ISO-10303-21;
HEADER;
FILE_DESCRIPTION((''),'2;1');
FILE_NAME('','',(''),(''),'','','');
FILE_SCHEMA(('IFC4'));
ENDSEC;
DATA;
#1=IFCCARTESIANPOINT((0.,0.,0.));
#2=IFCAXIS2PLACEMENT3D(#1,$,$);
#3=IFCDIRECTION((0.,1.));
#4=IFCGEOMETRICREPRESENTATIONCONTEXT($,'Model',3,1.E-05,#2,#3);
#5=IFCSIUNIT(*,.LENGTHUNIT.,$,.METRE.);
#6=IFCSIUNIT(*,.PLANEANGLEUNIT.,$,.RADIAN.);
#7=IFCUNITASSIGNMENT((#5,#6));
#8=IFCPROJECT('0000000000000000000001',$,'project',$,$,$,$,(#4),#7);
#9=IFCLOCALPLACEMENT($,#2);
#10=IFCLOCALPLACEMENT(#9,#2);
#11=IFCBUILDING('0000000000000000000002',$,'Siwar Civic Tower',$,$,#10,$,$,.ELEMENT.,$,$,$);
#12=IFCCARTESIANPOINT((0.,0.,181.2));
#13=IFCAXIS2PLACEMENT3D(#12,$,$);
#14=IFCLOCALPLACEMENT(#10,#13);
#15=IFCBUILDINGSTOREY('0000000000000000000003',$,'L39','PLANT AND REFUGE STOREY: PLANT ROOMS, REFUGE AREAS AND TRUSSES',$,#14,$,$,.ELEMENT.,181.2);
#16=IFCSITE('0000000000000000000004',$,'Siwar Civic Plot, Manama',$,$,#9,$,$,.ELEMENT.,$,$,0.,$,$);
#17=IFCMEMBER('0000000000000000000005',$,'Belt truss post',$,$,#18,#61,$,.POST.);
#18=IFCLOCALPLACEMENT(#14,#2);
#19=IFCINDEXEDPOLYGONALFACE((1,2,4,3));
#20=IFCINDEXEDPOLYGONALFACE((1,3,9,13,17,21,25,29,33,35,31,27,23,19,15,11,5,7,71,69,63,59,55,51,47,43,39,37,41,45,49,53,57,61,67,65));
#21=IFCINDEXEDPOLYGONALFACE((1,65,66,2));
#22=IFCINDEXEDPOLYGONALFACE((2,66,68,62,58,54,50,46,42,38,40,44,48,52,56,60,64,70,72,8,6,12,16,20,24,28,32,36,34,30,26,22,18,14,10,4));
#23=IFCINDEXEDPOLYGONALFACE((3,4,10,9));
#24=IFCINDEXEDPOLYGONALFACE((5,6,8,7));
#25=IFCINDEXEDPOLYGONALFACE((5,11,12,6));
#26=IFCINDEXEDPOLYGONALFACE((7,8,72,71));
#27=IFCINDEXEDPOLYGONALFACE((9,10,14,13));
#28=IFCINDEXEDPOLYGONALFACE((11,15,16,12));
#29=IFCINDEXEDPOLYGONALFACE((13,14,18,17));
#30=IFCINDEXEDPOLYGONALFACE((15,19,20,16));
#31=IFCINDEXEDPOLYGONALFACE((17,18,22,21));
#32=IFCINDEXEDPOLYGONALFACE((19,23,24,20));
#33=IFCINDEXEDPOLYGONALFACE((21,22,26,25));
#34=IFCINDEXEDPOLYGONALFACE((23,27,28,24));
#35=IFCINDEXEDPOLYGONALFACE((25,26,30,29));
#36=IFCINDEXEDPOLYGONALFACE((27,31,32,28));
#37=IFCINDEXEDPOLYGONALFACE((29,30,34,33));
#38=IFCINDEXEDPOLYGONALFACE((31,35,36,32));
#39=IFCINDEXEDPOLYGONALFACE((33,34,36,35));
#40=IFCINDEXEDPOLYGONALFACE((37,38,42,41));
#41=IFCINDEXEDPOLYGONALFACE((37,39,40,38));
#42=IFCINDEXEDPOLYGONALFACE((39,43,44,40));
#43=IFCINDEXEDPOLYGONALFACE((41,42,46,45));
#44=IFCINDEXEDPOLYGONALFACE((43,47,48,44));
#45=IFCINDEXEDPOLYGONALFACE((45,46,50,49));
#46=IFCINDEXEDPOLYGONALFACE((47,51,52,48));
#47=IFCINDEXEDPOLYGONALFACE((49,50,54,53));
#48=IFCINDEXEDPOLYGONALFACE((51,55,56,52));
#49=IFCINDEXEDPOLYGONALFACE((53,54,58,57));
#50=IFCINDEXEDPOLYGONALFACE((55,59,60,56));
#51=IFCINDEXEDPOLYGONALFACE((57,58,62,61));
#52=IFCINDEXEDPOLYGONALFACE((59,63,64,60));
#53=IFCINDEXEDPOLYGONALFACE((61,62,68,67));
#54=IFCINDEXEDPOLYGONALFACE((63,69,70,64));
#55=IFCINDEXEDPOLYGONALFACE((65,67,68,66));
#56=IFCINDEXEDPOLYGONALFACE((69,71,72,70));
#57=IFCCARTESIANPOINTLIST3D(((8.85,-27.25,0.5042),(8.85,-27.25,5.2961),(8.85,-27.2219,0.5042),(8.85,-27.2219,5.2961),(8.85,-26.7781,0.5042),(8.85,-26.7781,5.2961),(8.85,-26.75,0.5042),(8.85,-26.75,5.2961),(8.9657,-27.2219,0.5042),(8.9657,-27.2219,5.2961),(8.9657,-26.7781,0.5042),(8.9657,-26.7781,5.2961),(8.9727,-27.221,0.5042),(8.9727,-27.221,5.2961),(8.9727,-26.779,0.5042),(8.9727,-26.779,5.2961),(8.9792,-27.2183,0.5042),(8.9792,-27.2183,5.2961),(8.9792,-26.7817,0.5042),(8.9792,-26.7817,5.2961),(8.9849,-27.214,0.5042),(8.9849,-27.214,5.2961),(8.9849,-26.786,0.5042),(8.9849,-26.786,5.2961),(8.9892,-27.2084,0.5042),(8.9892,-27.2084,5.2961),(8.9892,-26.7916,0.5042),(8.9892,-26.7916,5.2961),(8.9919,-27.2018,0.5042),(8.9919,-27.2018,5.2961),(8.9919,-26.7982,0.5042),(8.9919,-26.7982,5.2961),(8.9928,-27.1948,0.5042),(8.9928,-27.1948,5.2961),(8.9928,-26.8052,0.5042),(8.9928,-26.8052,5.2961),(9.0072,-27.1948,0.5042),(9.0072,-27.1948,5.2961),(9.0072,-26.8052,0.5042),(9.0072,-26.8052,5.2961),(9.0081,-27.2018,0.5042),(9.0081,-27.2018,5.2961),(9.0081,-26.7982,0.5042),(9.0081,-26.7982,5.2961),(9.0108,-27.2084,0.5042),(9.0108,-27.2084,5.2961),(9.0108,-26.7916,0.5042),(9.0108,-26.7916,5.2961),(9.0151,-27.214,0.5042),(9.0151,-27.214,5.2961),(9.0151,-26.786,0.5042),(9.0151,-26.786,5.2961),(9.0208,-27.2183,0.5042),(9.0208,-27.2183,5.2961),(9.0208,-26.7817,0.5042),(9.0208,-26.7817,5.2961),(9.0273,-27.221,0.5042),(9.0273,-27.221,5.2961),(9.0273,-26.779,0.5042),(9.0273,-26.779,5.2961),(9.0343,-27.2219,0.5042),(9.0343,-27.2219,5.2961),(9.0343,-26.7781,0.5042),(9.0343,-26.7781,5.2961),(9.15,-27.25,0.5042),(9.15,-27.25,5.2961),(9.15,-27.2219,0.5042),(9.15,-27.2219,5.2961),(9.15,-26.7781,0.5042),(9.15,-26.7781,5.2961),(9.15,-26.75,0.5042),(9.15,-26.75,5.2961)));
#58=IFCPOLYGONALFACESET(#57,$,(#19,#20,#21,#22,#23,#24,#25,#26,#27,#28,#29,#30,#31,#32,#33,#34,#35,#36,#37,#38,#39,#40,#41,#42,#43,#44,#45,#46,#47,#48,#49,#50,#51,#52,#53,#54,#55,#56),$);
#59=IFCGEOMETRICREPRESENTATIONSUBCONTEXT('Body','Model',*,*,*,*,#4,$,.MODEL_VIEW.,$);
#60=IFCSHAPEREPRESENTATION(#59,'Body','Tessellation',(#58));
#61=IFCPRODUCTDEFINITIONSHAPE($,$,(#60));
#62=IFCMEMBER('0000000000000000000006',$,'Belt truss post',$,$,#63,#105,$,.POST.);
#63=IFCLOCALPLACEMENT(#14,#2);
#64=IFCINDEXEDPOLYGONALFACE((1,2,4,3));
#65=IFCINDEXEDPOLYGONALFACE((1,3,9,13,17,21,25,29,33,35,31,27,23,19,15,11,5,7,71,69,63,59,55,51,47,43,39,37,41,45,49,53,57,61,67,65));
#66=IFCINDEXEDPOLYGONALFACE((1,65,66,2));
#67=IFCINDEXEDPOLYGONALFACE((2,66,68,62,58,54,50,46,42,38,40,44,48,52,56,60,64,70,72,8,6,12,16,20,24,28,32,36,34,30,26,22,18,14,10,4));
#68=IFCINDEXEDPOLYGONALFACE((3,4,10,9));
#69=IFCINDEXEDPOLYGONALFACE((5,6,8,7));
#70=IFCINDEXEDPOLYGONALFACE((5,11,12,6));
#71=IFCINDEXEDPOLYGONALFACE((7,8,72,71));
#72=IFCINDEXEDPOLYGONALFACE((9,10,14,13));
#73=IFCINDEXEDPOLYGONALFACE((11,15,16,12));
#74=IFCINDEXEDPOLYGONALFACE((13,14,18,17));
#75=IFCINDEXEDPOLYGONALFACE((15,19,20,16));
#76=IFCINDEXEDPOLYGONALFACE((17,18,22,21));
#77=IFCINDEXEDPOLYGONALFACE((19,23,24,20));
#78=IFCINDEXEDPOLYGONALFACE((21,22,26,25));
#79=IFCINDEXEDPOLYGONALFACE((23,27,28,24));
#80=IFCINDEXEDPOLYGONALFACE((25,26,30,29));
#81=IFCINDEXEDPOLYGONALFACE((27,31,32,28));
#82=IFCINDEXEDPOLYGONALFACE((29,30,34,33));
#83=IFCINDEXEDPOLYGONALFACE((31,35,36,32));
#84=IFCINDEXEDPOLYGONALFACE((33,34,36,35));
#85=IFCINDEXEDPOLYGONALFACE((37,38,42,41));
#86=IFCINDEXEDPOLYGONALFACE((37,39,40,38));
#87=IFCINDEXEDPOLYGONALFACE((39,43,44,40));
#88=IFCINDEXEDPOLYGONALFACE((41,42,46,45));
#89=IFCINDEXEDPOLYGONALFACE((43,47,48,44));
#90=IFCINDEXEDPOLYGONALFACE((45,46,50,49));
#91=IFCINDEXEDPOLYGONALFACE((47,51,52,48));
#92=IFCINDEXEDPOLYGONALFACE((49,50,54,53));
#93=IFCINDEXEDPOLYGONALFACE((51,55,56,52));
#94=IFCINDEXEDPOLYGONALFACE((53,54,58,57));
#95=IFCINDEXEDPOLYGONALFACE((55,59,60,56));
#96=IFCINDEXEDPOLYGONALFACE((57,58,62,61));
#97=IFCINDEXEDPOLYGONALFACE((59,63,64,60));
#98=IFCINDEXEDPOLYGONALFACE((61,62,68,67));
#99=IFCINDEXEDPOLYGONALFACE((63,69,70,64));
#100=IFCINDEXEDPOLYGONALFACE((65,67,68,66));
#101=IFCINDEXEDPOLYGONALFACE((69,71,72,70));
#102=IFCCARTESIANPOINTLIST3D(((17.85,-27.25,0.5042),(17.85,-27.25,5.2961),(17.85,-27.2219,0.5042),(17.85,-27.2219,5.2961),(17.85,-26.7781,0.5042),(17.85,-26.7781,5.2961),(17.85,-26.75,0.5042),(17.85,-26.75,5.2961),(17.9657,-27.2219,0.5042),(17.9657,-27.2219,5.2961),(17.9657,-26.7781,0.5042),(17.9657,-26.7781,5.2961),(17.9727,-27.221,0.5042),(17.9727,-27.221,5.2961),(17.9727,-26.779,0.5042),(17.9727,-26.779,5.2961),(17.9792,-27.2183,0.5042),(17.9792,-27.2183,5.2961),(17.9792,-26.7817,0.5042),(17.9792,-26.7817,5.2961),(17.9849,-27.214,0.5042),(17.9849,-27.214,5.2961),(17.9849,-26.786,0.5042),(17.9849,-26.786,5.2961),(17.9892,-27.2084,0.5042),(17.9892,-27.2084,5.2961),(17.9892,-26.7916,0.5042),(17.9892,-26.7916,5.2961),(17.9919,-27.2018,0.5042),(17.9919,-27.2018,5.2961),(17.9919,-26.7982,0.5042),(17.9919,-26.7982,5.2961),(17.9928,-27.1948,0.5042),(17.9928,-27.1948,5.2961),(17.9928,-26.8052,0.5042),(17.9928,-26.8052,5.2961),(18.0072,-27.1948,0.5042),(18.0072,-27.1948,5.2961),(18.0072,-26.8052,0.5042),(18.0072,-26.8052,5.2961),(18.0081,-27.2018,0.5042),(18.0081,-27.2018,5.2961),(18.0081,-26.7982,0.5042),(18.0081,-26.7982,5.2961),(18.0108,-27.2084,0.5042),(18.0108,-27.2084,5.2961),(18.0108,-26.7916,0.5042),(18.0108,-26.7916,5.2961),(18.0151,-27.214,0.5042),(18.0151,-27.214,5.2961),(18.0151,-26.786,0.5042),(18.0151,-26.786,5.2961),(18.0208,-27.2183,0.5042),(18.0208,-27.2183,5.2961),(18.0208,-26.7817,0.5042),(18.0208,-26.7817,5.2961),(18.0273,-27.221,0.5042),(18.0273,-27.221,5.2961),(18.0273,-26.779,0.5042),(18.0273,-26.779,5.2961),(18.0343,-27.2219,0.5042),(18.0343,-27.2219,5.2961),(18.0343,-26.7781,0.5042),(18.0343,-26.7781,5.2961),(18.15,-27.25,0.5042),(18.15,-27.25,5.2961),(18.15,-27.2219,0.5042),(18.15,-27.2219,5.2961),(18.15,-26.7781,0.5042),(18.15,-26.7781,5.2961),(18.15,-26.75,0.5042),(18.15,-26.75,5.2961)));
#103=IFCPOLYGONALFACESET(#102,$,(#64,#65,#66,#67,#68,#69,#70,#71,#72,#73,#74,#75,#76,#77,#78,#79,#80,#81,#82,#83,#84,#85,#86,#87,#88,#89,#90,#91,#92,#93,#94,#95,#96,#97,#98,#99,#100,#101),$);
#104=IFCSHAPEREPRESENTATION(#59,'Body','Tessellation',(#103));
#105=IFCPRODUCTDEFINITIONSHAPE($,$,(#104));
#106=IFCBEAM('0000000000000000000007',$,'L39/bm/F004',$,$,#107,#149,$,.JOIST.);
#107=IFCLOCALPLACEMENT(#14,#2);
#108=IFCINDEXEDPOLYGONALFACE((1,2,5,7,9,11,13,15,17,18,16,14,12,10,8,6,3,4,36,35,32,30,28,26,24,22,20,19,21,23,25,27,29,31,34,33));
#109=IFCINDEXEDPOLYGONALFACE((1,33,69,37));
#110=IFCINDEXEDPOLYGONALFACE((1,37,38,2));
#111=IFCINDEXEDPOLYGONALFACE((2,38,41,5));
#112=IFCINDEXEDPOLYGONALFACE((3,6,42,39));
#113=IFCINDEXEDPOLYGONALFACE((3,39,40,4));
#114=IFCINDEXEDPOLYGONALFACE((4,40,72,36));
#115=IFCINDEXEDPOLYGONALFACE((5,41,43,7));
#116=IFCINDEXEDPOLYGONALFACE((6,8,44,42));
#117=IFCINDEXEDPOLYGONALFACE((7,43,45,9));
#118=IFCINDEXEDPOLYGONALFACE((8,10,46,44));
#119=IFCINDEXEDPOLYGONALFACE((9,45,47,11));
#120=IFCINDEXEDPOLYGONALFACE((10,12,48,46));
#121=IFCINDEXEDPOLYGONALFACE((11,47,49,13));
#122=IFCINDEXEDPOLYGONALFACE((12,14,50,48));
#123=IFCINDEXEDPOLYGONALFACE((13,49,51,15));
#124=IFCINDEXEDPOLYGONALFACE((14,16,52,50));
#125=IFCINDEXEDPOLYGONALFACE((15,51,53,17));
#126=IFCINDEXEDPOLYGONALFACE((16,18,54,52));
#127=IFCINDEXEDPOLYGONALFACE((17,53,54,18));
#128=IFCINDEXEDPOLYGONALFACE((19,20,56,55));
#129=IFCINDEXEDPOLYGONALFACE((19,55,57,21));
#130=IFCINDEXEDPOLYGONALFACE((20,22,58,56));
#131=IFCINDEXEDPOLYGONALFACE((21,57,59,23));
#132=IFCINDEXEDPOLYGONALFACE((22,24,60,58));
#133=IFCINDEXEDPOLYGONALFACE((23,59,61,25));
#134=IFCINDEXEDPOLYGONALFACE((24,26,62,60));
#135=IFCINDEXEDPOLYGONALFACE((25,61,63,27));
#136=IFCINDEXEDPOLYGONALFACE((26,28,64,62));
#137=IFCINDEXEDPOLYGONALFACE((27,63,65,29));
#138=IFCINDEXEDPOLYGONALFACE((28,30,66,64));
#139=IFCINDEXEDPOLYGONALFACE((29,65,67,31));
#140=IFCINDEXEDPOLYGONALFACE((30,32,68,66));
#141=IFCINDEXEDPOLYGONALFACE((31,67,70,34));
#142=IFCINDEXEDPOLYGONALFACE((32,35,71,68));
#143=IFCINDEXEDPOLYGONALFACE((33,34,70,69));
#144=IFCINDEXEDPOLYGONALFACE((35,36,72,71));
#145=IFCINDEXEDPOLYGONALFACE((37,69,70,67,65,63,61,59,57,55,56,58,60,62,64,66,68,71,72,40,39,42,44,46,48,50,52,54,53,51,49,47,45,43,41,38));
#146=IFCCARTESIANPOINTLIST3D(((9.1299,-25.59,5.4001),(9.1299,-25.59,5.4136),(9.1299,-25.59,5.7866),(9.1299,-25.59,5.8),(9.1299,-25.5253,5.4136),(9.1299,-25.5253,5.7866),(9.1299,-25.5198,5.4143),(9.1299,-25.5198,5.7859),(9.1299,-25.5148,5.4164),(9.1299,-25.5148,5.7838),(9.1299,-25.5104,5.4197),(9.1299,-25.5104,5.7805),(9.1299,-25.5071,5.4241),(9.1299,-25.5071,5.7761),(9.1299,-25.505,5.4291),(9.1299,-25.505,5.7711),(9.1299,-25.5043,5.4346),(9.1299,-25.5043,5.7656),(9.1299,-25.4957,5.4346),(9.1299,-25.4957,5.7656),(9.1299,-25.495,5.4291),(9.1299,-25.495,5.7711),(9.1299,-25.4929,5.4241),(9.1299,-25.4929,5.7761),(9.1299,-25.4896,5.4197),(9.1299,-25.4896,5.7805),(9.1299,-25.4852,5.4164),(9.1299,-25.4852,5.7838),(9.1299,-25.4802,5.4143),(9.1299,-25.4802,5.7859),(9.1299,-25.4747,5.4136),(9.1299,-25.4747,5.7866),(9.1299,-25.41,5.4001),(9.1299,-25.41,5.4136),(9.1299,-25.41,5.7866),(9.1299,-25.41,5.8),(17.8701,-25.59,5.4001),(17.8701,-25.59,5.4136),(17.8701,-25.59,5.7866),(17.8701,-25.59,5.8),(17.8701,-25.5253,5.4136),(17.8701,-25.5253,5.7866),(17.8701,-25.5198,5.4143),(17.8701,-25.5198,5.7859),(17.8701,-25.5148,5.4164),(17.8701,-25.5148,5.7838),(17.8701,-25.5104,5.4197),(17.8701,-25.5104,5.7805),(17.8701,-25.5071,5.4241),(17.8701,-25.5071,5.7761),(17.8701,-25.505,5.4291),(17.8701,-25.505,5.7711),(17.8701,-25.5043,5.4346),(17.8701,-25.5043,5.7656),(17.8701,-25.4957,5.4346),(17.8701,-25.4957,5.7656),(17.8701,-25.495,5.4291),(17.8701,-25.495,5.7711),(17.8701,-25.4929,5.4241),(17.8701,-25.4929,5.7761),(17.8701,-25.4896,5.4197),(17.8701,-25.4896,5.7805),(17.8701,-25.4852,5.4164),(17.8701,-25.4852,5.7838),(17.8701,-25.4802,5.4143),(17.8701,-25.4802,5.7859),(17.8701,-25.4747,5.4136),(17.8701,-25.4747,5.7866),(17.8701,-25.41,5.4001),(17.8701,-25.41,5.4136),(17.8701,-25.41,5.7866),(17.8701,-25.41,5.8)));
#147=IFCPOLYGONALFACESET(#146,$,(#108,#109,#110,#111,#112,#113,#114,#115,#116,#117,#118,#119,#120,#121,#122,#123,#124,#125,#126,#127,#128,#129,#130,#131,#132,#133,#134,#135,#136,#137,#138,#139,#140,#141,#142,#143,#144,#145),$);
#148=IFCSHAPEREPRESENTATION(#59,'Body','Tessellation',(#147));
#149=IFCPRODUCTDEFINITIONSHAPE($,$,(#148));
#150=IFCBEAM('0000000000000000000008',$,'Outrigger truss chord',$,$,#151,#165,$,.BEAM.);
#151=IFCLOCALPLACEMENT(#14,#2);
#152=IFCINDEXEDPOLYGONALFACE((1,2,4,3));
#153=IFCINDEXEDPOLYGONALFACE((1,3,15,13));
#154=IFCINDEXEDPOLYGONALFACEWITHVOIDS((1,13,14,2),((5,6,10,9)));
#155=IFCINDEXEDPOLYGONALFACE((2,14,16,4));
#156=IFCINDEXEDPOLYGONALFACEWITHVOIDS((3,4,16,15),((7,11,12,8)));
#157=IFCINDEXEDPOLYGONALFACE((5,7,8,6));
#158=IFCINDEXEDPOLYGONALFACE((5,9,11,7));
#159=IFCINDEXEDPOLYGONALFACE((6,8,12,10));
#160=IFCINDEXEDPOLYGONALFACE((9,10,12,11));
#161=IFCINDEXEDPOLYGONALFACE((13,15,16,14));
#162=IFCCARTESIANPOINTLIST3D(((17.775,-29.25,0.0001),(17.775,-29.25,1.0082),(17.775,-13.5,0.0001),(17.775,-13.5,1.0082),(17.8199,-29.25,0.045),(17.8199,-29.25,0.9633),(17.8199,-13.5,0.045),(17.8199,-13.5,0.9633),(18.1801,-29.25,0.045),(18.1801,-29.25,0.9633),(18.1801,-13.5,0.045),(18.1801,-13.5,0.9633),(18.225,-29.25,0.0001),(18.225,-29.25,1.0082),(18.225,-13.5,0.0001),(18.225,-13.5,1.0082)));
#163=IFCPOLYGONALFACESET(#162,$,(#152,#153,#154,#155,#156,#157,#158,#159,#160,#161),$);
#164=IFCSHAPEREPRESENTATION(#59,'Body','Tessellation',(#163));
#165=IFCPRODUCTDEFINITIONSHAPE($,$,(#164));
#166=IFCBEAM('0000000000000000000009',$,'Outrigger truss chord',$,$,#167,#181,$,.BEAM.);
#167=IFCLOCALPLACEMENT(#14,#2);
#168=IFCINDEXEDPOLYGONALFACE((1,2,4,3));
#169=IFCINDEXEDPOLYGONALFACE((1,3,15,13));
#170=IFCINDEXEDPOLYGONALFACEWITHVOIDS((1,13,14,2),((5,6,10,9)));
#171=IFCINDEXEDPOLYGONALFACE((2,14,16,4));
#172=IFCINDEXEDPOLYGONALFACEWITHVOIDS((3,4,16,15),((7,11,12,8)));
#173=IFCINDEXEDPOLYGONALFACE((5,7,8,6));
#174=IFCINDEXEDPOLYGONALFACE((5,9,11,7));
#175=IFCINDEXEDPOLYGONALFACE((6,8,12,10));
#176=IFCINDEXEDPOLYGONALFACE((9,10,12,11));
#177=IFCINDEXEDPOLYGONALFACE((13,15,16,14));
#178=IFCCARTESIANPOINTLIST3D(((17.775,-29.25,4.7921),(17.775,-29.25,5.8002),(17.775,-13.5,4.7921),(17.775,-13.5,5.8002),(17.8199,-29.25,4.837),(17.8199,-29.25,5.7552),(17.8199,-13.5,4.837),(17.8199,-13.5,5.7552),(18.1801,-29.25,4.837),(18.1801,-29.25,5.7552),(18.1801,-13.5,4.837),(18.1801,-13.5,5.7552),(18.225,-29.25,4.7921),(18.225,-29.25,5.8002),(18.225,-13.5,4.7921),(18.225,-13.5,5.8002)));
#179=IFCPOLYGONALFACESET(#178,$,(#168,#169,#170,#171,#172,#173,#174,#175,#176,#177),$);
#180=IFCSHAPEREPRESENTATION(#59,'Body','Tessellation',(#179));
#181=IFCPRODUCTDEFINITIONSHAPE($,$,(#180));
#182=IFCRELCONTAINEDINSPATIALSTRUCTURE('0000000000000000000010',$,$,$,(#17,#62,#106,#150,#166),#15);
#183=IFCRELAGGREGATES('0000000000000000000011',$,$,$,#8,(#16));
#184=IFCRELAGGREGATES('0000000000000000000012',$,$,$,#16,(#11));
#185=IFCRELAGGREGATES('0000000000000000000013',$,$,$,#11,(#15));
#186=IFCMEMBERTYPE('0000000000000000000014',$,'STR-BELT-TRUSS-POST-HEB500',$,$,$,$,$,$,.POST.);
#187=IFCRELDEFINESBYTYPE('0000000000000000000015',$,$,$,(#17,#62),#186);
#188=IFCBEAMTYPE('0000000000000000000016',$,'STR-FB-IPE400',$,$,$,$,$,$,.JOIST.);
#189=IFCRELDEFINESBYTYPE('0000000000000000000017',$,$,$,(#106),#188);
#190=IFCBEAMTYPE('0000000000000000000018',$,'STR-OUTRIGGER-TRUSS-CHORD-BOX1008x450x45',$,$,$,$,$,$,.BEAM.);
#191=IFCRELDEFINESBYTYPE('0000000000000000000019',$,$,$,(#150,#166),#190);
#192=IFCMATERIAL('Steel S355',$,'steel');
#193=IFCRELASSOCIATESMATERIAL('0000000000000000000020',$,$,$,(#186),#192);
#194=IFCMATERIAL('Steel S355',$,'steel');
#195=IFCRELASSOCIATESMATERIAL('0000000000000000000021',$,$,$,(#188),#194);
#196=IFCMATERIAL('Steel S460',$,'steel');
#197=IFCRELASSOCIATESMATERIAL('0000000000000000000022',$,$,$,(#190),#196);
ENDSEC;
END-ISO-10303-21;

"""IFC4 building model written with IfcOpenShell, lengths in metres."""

from ifc_helpers import new_model, si_unit, direction, frame, origin, origin_2d, place, context, subcontext, project, spatial, hollow_rectangle, i_section, extrude, material, material_profile, profile_set, type_object, element, save


model = new_model("IFC4")

# Units and contexts
model_context = context("Model", 3, precision=1e-05, world=origin(), true_north=direction((0.0, 1.0)))
body_context = subcontext(model_context, "Body", "Model", "MODEL_VIEW")
ifc_project = project(units=[si_unit("LENGTHUNIT", "METRE"), si_unit("PLANEANGLEUNIT", "RADIAN")], contexts=[model_context])

# Site, building, storey
site_placement = place(None, origin())
site = spatial("IfcSite", under=ifc_project, at=site_placement, Name="Siwar Civic Plot, Manama", CompositionType="ELEMENT", RefElevation=0.0)
building_placement = place(site_placement, origin())
building = spatial("IfcBuilding", under=site, at=building_placement, Name="Siwar Civic Tower", CompositionType="ELEMENT")
storey_placement = place(building_placement, frame((0.0, 0.0, 181.2)))
storey = spatial("IfcBuildingStorey", under=building, at=storey_placement, Name="L39", Description="PLANT AND REFUGE STOREY: PLANT ROOMS, REFUGE AREAS AND TRUSSES", CompositionType="ELEMENT", Elevation=181.2)

# Members
ifc_material_1 = material(Name="Steel S355", Category="steel")
ifc_material_profile_1 = material_profile(ifc_material_1, i_section(OverallWidth=0.3, OverallDepth=0.5, WebThickness=0.0144, FlangeThickness=0.0281, FilletRadius=0.0271, at=origin_2d()), Name="HEB500")
ifc_profile_set_1 = profile_set([ifc_material_profile_1], Name="Steel S355")
member_type_1 = type_object("IfcMemberType", Name="STR-BELT-TRUSS-POST-HEB500", PredefinedType="POST", material=ifc_profile_set_1)
for number, where, z_axis, x_axis, name in (
    (1, (9.0, -27.0, 0.5042), (0.0, 0.0, 1.0), (1.0, 0.0, 0.0), "Belt truss post"),
    (2, (18.0, -27.0, 0.5042), (0.0, 0.0, 1.0), (1.0, 0.0, 0.0), "Belt truss post"),
):
    element("IfcMember", number, at=place(storey_placement, frame(where, z_axis=z_axis, x_axis=x_axis)), inside=storey, type_object=member_type_1, Name=name, PredefinedType="POST", context=body_context, shape_type="SweptSolid", body=[
        extrude(i_section(OverallWidth=0.3, OverallDepth=0.5, WebThickness=0.0144, FlangeThickness=0.0281, FilletRadius=0.0271, at=origin_2d()), origin(), (0.0, 0.0, 1.0), 4.792),
    ])

# Beams
ifc_material_2 = material(Name="Steel S355", Category="steel")
ifc_material_profile_2 = material_profile(ifc_material_2, i_section(OverallWidth=0.1799, OverallDepth=0.3999, WebThickness=0.0085, FlangeThickness=0.0134, FilletRadius=0.021, at=origin_2d()), Name="IPE400")
ifc_profile_set_2 = profile_set([ifc_material_profile_2], Name="Steel S355")
beam_type_1 = type_object("IfcBeamType", Name="STR-FB-IPE400", PredefinedType="JOIST", material=ifc_profile_set_2)
beam_1_placement = place(storey_placement, frame((9.1299, -25.5, 5.6001), z_axis=(1.0, 0.0, 0.0), x_axis=(0.0, 1.0, 0.0)))
element("IfcBeam", 3, at=beam_1_placement, inside=storey, type_object=beam_type_1, Name="L39/bm/F004", PredefinedType="JOIST", context=body_context, shape_type="SweptSolid", body=[
    extrude(i_section(OverallWidth=0.1799, OverallDepth=0.3999, WebThickness=0.0085, FlangeThickness=0.0134, FilletRadius=0.021, at=origin_2d()), origin(), (0.0, 0.0, 1.0), 8.7402),
])
ifc_material_3 = material(Name="Steel S460", Category="steel")
ifc_material_profile_3 = material_profile(ifc_material_3, hollow_rectangle(XDim=0.45, YDim=1.0081, WallThickness=0.0449, at=origin_2d()), Name="BOX1008x450x45")
ifc_profile_set_3 = profile_set([ifc_material_profile_3], Name="Steel S460")
beam_type_2 = type_object("IfcBeamType", Name="STR-OUTRIGGER-TRUSS-CHORD-BOX1008x450x45", PredefinedType="BEAM", material=ifc_profile_set_3)
for number, where, z_axis, x_axis, name in (
    (4, (18.0, -29.25, 0.5042), (0.0, 1.0, 0.0), (-1.0, 0.0, 0.0), "Outrigger truss chord"),
    (5, (18.0, -29.25, 5.2961), (0.0, 1.0, 0.0), (-1.0, 0.0, 0.0), "Outrigger truss chord"),
):
    element("IfcBeam", number, at=place(storey_placement, frame(where, z_axis=z_axis, x_axis=x_axis)), inside=storey, type_object=beam_type_2, Name=name, PredefinedType="BEAM", context=body_context, shape_type="SweptSolid", body=[
        extrude(hollow_rectangle(XDim=0.45, YDim=1.0081, WallThickness=0.0449, at=origin_2d()), origin(), (0.0, 0.0, 1.0), 15.75),
    ])

save(model, "model.ifc")
